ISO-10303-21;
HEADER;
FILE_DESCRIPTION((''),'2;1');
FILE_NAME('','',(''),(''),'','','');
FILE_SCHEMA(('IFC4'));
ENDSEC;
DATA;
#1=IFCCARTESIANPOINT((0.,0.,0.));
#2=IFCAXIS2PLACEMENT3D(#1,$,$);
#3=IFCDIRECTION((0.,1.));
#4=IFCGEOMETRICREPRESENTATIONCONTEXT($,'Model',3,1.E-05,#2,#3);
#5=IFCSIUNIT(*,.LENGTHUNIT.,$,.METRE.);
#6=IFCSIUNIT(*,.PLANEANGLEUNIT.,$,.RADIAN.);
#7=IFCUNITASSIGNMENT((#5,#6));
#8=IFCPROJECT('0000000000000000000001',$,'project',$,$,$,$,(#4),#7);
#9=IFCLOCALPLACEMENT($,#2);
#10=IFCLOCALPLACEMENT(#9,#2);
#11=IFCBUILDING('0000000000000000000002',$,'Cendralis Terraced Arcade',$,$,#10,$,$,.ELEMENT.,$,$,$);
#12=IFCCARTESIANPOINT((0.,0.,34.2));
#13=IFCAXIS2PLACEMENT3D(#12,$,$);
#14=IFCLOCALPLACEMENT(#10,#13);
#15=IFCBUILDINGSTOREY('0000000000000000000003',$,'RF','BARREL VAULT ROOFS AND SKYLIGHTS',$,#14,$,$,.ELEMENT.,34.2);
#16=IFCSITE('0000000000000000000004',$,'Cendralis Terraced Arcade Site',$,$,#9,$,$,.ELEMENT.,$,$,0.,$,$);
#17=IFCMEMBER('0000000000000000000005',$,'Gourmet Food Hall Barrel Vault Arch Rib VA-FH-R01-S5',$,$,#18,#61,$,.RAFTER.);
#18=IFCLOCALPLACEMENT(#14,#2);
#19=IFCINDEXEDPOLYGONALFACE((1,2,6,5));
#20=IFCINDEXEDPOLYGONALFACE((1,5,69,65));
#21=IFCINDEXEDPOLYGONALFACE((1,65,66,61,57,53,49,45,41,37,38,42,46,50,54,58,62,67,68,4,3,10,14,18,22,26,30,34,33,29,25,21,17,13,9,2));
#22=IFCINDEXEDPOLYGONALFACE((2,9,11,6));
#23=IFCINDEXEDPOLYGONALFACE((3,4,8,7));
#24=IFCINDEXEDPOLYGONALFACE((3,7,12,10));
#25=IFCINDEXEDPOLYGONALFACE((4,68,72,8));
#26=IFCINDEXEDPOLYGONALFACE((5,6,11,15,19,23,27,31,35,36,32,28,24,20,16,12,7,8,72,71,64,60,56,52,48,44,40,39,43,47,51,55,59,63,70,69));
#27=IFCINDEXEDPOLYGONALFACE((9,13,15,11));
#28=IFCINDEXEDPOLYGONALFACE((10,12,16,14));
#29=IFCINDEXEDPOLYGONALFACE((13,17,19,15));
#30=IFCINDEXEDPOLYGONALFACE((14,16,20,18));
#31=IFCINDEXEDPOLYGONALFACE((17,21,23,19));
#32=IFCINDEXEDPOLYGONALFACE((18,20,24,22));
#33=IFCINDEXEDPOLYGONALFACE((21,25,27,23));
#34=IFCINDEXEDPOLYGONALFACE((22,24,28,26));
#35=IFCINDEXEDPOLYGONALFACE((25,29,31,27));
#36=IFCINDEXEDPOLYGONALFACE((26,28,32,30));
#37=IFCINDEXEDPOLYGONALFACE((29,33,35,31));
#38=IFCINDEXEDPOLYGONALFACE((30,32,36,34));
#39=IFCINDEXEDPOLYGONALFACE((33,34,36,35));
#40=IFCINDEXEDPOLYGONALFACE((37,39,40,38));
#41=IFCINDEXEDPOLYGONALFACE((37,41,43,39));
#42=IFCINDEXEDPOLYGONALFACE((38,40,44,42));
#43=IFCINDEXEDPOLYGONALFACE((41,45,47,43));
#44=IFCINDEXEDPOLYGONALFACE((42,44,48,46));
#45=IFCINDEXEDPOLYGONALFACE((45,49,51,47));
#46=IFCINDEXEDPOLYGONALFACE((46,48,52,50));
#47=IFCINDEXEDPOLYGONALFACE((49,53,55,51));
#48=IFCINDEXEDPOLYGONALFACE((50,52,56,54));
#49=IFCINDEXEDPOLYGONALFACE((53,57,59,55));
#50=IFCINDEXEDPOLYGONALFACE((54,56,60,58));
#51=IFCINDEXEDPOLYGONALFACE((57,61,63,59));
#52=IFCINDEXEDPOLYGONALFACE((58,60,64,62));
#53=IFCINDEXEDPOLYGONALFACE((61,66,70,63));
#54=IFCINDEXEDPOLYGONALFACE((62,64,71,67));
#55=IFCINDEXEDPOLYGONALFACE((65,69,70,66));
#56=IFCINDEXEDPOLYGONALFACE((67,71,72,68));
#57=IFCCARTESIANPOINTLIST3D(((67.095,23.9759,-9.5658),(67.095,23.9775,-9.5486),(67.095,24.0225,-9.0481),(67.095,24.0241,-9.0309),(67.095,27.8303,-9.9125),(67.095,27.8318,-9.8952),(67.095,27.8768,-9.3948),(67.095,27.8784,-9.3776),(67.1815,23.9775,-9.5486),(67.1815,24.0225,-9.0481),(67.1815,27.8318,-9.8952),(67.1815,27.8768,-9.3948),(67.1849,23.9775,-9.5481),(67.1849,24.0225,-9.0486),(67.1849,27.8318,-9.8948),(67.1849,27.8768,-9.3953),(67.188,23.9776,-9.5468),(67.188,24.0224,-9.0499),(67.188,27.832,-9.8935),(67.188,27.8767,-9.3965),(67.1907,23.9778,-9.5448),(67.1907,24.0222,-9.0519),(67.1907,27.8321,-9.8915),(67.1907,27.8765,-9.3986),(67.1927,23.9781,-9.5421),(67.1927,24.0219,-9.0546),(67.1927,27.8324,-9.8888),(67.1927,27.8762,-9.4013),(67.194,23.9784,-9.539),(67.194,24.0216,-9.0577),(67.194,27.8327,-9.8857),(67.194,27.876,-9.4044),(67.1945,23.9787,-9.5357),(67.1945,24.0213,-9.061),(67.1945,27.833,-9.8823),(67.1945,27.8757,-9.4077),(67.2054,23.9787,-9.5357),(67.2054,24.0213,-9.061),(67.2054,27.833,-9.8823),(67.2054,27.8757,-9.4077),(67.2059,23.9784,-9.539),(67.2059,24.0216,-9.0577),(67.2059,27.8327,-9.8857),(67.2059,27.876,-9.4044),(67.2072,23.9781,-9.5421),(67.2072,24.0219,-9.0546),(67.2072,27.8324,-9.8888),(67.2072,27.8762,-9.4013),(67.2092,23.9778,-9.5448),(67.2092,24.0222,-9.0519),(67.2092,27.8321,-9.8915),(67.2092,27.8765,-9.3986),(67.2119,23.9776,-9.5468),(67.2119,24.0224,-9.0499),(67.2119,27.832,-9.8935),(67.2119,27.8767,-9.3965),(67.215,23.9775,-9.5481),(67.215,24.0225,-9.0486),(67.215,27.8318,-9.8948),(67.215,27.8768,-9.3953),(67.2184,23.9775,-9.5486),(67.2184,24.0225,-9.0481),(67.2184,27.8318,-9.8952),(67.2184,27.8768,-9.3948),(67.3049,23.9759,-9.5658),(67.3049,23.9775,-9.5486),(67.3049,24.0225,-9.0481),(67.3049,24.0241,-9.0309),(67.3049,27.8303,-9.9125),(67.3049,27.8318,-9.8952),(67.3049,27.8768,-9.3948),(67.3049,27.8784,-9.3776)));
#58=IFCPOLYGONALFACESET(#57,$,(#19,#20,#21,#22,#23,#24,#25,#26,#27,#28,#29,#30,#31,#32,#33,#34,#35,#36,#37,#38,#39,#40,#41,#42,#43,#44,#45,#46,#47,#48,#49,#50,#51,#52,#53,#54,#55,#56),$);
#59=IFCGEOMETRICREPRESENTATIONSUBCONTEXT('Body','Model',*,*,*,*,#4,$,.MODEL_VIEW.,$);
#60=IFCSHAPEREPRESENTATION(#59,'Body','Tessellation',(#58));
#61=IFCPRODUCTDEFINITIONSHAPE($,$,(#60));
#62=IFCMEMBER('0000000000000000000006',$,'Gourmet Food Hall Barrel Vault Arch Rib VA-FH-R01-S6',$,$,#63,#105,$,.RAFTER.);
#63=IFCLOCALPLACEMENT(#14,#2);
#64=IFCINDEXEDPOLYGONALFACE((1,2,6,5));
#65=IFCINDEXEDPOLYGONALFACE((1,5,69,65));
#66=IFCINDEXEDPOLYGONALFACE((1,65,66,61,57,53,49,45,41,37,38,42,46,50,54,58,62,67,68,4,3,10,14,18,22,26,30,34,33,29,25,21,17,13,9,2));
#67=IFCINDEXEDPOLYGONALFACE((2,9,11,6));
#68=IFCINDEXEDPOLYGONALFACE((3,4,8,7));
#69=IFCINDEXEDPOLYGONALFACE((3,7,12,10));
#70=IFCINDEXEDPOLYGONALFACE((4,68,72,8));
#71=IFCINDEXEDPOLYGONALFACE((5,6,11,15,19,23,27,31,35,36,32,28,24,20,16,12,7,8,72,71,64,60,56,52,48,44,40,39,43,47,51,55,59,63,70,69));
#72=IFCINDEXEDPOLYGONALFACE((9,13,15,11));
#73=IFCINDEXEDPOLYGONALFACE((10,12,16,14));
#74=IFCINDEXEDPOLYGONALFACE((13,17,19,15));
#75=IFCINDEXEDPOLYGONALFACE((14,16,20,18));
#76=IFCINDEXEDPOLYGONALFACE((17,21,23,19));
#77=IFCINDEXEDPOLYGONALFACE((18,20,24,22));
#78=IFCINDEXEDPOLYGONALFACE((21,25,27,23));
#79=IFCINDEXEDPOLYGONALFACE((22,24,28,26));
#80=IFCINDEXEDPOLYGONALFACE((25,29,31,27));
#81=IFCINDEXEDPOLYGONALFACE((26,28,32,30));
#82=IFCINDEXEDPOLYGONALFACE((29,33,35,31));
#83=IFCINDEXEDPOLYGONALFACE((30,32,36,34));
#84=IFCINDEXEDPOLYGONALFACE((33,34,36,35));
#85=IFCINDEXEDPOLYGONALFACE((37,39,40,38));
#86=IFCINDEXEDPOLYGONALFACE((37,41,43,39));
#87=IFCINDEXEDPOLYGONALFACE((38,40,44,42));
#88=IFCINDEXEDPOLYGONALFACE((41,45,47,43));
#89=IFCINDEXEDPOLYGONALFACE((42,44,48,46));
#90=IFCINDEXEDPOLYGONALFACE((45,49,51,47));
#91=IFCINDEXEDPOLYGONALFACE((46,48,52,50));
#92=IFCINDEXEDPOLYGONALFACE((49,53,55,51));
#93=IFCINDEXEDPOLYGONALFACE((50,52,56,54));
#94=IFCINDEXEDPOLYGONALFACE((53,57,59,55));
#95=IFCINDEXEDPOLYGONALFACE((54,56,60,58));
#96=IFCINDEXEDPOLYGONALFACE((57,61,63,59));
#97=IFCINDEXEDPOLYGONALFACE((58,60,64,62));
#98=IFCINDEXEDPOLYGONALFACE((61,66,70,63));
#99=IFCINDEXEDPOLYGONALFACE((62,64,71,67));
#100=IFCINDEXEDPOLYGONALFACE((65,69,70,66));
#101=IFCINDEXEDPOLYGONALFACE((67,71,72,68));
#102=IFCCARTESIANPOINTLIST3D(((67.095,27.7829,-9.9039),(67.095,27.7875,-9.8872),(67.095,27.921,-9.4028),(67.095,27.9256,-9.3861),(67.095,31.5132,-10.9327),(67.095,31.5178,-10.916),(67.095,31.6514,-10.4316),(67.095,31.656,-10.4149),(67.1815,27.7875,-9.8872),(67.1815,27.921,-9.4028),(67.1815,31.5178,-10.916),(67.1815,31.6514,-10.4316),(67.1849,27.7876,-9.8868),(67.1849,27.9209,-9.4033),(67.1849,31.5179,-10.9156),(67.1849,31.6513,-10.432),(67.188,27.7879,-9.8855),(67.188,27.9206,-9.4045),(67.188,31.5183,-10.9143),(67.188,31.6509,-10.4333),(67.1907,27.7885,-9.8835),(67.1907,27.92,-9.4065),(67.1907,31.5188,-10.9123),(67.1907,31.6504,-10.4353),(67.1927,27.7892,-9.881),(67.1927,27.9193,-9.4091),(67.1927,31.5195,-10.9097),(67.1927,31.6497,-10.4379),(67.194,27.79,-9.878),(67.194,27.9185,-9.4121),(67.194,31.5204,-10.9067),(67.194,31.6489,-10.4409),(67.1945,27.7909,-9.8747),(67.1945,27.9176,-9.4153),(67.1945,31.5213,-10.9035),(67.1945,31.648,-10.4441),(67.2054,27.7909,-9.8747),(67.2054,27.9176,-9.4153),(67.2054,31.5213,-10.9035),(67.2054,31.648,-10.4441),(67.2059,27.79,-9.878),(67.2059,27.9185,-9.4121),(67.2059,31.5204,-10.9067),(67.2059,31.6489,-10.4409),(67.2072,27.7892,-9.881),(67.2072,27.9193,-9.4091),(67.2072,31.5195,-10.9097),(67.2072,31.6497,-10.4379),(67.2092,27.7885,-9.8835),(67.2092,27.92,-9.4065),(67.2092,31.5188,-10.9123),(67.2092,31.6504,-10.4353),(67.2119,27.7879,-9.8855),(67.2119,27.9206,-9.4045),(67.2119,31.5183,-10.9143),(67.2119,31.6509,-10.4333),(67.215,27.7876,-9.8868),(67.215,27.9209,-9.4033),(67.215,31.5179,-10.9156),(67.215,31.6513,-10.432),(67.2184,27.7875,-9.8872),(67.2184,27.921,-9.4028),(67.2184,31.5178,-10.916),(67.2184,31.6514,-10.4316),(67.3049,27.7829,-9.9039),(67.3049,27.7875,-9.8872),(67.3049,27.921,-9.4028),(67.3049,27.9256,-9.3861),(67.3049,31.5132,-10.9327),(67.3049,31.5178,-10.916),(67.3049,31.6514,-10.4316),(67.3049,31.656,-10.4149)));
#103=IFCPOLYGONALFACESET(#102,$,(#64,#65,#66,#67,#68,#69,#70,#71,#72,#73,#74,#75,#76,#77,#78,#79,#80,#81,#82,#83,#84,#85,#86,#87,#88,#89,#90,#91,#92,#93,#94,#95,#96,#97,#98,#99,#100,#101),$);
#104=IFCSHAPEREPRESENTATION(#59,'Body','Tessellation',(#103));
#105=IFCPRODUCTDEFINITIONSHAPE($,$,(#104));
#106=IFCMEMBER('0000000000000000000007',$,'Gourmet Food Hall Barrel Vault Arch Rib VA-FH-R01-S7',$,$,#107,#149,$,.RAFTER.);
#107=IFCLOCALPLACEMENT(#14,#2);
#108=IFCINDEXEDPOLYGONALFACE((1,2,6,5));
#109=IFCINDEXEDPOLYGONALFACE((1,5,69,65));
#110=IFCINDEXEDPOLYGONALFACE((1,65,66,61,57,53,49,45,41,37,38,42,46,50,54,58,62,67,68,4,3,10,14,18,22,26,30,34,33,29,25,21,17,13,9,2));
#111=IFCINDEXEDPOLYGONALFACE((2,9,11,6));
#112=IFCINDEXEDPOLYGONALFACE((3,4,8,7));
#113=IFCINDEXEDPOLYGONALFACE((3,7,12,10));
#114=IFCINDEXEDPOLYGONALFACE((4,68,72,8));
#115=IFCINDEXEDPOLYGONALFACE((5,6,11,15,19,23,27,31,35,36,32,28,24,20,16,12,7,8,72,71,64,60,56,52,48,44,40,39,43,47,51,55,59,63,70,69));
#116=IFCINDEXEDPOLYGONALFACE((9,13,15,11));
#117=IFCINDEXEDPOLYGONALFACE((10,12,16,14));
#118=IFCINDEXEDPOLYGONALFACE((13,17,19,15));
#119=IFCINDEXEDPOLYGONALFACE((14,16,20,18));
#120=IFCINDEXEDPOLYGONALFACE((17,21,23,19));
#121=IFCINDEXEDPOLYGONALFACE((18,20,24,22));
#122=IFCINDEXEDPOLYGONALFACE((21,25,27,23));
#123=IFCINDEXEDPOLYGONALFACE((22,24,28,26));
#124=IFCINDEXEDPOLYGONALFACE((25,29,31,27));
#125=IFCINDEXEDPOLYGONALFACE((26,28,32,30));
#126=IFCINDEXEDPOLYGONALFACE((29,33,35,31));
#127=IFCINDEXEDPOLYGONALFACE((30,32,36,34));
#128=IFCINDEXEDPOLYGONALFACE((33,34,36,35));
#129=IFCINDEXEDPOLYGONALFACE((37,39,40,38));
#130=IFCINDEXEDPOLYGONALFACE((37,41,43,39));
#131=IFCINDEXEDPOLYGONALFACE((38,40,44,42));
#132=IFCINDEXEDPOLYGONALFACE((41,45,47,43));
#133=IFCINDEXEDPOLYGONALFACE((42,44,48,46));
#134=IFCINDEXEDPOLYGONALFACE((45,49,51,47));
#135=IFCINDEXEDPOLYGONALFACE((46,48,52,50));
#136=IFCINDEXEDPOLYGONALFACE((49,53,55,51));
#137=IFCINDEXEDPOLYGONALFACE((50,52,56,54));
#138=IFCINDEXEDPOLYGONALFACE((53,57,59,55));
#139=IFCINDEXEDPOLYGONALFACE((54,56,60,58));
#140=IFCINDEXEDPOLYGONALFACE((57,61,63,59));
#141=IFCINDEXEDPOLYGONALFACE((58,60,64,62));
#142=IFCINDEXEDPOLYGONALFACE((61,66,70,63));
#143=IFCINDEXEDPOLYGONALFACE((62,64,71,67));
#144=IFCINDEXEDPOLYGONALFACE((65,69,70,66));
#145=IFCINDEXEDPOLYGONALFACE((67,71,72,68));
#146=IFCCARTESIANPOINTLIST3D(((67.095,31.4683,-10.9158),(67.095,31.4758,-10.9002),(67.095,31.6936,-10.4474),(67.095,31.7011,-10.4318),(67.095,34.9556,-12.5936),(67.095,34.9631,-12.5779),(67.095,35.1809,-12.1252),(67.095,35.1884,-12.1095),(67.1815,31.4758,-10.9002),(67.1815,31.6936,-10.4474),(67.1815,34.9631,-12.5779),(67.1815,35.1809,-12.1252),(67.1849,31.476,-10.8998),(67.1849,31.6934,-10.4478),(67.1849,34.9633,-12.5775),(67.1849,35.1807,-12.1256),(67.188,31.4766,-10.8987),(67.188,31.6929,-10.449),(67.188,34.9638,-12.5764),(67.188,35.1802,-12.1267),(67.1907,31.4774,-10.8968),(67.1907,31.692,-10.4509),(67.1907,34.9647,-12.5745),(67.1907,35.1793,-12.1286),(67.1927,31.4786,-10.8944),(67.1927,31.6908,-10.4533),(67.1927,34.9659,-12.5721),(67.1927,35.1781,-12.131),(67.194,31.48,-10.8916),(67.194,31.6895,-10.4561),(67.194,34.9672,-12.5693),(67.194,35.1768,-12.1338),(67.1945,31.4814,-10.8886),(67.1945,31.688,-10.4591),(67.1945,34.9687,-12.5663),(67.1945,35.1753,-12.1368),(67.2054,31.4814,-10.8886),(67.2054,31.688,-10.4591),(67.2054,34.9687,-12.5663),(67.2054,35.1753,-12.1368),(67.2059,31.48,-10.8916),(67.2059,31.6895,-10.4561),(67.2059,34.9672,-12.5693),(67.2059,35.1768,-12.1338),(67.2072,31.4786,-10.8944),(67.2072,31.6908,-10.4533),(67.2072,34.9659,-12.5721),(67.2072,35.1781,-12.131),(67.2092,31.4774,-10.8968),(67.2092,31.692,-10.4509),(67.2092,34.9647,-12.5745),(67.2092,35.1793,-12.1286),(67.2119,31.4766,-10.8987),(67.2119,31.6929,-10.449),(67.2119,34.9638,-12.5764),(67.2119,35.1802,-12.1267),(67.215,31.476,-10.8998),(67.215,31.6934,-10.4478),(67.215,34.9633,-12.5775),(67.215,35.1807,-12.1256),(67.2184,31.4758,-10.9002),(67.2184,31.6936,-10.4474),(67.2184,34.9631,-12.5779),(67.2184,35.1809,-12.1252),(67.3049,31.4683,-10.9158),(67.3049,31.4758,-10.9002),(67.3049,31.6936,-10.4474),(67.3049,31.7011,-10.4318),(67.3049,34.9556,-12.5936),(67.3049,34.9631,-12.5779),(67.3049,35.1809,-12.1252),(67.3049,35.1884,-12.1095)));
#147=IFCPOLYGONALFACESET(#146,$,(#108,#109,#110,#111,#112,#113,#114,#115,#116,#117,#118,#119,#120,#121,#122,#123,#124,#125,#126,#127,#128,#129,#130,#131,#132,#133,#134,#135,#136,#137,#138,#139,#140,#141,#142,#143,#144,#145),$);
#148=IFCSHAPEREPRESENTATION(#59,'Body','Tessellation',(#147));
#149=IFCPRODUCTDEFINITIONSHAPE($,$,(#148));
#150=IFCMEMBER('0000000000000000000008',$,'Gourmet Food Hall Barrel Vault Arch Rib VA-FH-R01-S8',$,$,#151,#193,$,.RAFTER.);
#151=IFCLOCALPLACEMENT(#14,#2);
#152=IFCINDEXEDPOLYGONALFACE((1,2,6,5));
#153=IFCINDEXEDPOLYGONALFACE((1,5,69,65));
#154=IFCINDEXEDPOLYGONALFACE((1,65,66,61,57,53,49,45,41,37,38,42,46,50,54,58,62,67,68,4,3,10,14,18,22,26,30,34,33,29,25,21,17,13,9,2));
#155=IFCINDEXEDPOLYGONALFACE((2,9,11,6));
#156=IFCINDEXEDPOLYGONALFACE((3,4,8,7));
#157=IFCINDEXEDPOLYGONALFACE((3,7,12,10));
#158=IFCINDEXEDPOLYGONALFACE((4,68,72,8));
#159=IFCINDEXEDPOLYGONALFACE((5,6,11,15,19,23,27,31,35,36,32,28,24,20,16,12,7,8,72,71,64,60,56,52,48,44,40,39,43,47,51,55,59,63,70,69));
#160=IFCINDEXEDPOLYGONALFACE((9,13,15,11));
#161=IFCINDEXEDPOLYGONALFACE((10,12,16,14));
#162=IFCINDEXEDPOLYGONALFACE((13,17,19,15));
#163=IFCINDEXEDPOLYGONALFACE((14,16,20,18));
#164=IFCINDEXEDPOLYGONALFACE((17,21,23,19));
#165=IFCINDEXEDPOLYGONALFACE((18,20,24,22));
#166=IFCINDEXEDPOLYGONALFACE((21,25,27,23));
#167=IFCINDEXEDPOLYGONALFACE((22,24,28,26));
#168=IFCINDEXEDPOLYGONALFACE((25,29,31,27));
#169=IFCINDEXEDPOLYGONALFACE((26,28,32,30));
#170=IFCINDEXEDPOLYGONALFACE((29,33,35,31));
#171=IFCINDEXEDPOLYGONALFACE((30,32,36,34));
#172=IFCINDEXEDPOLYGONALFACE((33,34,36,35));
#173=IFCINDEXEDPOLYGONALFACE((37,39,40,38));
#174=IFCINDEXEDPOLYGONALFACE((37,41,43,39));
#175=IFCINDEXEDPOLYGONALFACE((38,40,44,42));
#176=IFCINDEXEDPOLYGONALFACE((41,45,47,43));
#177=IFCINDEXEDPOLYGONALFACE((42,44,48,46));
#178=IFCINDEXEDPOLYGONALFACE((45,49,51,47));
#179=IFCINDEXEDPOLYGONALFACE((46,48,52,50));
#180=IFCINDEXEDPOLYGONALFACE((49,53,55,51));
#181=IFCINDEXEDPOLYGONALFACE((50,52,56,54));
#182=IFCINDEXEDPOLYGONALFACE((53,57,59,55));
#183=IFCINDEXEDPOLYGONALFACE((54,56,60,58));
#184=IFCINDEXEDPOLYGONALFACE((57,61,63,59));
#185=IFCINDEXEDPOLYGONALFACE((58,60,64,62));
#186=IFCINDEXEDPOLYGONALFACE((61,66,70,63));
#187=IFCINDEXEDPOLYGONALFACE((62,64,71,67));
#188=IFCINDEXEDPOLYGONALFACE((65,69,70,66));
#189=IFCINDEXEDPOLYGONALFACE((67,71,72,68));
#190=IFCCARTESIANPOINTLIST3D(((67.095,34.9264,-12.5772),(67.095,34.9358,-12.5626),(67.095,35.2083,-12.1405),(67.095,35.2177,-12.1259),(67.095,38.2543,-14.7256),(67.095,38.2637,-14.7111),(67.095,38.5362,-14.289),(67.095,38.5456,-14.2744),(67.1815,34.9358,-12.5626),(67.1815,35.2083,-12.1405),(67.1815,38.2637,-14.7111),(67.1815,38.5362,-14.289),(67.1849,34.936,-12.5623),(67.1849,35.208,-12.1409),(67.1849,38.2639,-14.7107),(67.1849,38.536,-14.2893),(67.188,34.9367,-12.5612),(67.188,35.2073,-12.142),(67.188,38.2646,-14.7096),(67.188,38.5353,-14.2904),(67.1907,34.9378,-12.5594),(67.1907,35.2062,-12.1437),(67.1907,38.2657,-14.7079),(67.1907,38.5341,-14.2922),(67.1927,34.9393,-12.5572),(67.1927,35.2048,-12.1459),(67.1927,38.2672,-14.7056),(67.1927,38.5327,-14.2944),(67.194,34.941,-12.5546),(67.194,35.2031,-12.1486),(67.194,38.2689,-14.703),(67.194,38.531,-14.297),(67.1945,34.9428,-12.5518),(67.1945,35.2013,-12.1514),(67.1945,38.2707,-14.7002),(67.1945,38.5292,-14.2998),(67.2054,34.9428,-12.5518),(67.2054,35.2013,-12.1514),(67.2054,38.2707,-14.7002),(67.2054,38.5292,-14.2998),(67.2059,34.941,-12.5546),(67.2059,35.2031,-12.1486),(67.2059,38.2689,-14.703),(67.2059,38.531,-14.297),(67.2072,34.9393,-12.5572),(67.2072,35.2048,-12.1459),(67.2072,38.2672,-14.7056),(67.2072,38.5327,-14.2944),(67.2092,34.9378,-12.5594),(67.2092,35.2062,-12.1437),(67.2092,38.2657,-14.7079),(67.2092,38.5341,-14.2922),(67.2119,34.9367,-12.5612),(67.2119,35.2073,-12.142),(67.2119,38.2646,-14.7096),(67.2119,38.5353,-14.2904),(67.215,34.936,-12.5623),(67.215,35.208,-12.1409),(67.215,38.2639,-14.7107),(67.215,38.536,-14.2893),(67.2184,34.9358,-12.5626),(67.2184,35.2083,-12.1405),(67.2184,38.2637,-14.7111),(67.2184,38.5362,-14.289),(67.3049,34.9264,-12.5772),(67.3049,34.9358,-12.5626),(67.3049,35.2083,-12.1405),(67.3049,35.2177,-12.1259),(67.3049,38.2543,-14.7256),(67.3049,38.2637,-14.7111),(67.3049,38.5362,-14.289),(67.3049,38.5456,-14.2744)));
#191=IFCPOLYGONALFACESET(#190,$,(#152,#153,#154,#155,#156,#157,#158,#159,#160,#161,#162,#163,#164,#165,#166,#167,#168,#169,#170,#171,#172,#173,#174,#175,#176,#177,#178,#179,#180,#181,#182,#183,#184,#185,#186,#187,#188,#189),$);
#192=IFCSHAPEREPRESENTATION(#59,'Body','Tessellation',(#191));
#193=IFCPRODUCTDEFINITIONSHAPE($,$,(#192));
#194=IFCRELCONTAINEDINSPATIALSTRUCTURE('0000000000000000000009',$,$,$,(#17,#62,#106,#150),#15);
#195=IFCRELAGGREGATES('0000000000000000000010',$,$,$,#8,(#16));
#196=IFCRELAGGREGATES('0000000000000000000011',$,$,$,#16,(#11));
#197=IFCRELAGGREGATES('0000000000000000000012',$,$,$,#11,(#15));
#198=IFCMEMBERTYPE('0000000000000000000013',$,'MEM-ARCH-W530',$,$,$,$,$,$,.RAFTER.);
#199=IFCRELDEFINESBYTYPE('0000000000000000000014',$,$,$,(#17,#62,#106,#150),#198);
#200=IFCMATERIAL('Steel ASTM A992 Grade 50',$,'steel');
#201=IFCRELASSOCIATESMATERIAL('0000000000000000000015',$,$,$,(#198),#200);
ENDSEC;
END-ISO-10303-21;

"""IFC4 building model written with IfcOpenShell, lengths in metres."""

from ifc_helpers import new_model, si_unit, direction, frame, origin, origin_2d, place, context, subcontext, project, spatial, i_section, extrude, material, material_profile, profile_set, type_object, element, save


model = new_model("IFC4")

# Units and contexts
model_context = context("Model", 3, precision=1e-05, world=origin(), true_north=direction((0.0, 1.0)))
body_context = subcontext(model_context, "Body", "Model", "MODEL_VIEW")
ifc_project = project(units=[si_unit("LENGTHUNIT", "METRE"), si_unit("PLANEANGLEUNIT", "RADIAN")], contexts=[model_context])

# Site, building, storey
site_placement = place(None, origin())
site = spatial("IfcSite", under=ifc_project, at=site_placement, Name="Cendralis Terraced Arcade Site", CompositionType="ELEMENT", RefElevation=0.0)
building_placement = place(site_placement, origin())
building = spatial("IfcBuilding", under=site, at=building_placement, Name="Cendralis Terraced Arcade", CompositionType="ELEMENT")
storey_placement = place(building_placement, frame((0.0, 0.0, 34.2)))
storey = spatial("IfcBuildingStorey", under=building, at=storey_placement, Name="RF", Description="BARREL VAULT ROOFS AND SKYLIGHTS", CompositionType="ELEMENT", Elevation=34.2)

# Members
ifc_material_1 = material(Name="Steel ASTM A992 Grade 50", Category="steel")
ifc_material_profile_1 = material_profile(ifc_material_1, i_section(OverallWidth=0.21, OverallDepth=0.5371, WebThickness=0.011, FlangeThickness=0.0173, FilletRadius=0.0129, at=origin_2d()), Name="W530X101", Category="LoadBearing")
ifc_profile_set_1 = profile_set([ifc_material_profile_1], Name="Steel ASTM A992 Grade 50")
member_type_1 = type_object("IfcMemberType", Name="MEM-ARCH-W530", PredefinedType="RAFTER", material=ifc_profile_set_1)
for number, where, z_axis, x_axis, name in (
    (1, (67.2, 24.0, -9.2983), (0.0, 0.995979, -0.089586), (-1.0, 0.0, 0.0), "Gourmet Food Hall Barrel Vault Arch Rib VA-FH-R01-S5"),
):
    element("IfcMember", number, at=place(storey_placement, frame(where, z_axis=z_axis, x_axis=x_axis)), inside=storey, type_object=member_type_1, Name=name, PredefinedType="RAFTER", context=body_context, shape_type="SweptSolid", body=[
        extrude(i_section(OverallWidth=0.21, OverallDepth=0.5371, WebThickness=0.011, FlangeThickness=0.0173, FilletRadius=0.0129, at=origin_2d()), origin(), (0.0, 0.0, 1.0), 3.8699),
    ])
member_1_placement = place(storey_placement, frame((67.2, 27.8542, -9.645), z_axis=(0.0, 0.964012, -0.26586), x_axis=(-1.0, 0.0, 0.0)))
element("IfcMember", 2, at=member_1_placement, inside=storey, type_object=member_type_1, Name="Gourmet Food Hall Barrel Vault Arch Rib VA-FH-R01-S6", PredefinedType="RAFTER", context=body_context, shape_type="SweptSolid", body=[
    extrude(i_section(OverallWidth=0.21, OverallDepth=0.5371, WebThickness=0.011, FlangeThickness=0.0173, FilletRadius=0.0129, at=origin_2d()), origin(), (0.0, 0.0, 1.0), 3.8696),
])
member_2_placement = place(storey_placement, frame((67.2, 31.5847, -10.6738), z_axis=(0.0, 0.901137, -0.433535), x_axis=(-1.0, 0.0, 0.0)))
element("IfcMember", 3, at=member_2_placement, inside=storey, type_object=member_type_1, Name="Gourmet Food Hall Barrel Vault Arch Rib VA-FH-R01-S7", PredefinedType="RAFTER", context=body_context, shape_type="SweptSolid", body=[
    extrude(i_section(OverallWidth=0.21, OverallDepth=0.5371, WebThickness=0.011, FlangeThickness=0.0173, FilletRadius=0.0129, at=origin_2d()), origin(), (0.0, 0.0, 1.0), 3.8699),
])
member_3_placement = place(storey_placement, frame((67.2, 35.072, -12.3516), z_axis=(0.0, 0.840134, -0.54238), x_axis=(-1.0, 0.0, 0.0)))
element("IfcMember", 4, at=member_3_placement, inside=storey, type_object=member_type_1, Name="Gourmet Food Hall Barrel Vault Arch Rib VA-FH-R01-S8", PredefinedType="RAFTER", context=body_context, shape_type="SweptSolid", body=[
    extrude(i_section(OverallWidth=0.21, OverallDepth=0.5371, WebThickness=0.011, FlangeThickness=0.0173, FilletRadius=0.0129, at=origin_2d()), origin(), (0.0, 0.0, 1.0), 3.9612),
])

save(model, "model.ifc")
